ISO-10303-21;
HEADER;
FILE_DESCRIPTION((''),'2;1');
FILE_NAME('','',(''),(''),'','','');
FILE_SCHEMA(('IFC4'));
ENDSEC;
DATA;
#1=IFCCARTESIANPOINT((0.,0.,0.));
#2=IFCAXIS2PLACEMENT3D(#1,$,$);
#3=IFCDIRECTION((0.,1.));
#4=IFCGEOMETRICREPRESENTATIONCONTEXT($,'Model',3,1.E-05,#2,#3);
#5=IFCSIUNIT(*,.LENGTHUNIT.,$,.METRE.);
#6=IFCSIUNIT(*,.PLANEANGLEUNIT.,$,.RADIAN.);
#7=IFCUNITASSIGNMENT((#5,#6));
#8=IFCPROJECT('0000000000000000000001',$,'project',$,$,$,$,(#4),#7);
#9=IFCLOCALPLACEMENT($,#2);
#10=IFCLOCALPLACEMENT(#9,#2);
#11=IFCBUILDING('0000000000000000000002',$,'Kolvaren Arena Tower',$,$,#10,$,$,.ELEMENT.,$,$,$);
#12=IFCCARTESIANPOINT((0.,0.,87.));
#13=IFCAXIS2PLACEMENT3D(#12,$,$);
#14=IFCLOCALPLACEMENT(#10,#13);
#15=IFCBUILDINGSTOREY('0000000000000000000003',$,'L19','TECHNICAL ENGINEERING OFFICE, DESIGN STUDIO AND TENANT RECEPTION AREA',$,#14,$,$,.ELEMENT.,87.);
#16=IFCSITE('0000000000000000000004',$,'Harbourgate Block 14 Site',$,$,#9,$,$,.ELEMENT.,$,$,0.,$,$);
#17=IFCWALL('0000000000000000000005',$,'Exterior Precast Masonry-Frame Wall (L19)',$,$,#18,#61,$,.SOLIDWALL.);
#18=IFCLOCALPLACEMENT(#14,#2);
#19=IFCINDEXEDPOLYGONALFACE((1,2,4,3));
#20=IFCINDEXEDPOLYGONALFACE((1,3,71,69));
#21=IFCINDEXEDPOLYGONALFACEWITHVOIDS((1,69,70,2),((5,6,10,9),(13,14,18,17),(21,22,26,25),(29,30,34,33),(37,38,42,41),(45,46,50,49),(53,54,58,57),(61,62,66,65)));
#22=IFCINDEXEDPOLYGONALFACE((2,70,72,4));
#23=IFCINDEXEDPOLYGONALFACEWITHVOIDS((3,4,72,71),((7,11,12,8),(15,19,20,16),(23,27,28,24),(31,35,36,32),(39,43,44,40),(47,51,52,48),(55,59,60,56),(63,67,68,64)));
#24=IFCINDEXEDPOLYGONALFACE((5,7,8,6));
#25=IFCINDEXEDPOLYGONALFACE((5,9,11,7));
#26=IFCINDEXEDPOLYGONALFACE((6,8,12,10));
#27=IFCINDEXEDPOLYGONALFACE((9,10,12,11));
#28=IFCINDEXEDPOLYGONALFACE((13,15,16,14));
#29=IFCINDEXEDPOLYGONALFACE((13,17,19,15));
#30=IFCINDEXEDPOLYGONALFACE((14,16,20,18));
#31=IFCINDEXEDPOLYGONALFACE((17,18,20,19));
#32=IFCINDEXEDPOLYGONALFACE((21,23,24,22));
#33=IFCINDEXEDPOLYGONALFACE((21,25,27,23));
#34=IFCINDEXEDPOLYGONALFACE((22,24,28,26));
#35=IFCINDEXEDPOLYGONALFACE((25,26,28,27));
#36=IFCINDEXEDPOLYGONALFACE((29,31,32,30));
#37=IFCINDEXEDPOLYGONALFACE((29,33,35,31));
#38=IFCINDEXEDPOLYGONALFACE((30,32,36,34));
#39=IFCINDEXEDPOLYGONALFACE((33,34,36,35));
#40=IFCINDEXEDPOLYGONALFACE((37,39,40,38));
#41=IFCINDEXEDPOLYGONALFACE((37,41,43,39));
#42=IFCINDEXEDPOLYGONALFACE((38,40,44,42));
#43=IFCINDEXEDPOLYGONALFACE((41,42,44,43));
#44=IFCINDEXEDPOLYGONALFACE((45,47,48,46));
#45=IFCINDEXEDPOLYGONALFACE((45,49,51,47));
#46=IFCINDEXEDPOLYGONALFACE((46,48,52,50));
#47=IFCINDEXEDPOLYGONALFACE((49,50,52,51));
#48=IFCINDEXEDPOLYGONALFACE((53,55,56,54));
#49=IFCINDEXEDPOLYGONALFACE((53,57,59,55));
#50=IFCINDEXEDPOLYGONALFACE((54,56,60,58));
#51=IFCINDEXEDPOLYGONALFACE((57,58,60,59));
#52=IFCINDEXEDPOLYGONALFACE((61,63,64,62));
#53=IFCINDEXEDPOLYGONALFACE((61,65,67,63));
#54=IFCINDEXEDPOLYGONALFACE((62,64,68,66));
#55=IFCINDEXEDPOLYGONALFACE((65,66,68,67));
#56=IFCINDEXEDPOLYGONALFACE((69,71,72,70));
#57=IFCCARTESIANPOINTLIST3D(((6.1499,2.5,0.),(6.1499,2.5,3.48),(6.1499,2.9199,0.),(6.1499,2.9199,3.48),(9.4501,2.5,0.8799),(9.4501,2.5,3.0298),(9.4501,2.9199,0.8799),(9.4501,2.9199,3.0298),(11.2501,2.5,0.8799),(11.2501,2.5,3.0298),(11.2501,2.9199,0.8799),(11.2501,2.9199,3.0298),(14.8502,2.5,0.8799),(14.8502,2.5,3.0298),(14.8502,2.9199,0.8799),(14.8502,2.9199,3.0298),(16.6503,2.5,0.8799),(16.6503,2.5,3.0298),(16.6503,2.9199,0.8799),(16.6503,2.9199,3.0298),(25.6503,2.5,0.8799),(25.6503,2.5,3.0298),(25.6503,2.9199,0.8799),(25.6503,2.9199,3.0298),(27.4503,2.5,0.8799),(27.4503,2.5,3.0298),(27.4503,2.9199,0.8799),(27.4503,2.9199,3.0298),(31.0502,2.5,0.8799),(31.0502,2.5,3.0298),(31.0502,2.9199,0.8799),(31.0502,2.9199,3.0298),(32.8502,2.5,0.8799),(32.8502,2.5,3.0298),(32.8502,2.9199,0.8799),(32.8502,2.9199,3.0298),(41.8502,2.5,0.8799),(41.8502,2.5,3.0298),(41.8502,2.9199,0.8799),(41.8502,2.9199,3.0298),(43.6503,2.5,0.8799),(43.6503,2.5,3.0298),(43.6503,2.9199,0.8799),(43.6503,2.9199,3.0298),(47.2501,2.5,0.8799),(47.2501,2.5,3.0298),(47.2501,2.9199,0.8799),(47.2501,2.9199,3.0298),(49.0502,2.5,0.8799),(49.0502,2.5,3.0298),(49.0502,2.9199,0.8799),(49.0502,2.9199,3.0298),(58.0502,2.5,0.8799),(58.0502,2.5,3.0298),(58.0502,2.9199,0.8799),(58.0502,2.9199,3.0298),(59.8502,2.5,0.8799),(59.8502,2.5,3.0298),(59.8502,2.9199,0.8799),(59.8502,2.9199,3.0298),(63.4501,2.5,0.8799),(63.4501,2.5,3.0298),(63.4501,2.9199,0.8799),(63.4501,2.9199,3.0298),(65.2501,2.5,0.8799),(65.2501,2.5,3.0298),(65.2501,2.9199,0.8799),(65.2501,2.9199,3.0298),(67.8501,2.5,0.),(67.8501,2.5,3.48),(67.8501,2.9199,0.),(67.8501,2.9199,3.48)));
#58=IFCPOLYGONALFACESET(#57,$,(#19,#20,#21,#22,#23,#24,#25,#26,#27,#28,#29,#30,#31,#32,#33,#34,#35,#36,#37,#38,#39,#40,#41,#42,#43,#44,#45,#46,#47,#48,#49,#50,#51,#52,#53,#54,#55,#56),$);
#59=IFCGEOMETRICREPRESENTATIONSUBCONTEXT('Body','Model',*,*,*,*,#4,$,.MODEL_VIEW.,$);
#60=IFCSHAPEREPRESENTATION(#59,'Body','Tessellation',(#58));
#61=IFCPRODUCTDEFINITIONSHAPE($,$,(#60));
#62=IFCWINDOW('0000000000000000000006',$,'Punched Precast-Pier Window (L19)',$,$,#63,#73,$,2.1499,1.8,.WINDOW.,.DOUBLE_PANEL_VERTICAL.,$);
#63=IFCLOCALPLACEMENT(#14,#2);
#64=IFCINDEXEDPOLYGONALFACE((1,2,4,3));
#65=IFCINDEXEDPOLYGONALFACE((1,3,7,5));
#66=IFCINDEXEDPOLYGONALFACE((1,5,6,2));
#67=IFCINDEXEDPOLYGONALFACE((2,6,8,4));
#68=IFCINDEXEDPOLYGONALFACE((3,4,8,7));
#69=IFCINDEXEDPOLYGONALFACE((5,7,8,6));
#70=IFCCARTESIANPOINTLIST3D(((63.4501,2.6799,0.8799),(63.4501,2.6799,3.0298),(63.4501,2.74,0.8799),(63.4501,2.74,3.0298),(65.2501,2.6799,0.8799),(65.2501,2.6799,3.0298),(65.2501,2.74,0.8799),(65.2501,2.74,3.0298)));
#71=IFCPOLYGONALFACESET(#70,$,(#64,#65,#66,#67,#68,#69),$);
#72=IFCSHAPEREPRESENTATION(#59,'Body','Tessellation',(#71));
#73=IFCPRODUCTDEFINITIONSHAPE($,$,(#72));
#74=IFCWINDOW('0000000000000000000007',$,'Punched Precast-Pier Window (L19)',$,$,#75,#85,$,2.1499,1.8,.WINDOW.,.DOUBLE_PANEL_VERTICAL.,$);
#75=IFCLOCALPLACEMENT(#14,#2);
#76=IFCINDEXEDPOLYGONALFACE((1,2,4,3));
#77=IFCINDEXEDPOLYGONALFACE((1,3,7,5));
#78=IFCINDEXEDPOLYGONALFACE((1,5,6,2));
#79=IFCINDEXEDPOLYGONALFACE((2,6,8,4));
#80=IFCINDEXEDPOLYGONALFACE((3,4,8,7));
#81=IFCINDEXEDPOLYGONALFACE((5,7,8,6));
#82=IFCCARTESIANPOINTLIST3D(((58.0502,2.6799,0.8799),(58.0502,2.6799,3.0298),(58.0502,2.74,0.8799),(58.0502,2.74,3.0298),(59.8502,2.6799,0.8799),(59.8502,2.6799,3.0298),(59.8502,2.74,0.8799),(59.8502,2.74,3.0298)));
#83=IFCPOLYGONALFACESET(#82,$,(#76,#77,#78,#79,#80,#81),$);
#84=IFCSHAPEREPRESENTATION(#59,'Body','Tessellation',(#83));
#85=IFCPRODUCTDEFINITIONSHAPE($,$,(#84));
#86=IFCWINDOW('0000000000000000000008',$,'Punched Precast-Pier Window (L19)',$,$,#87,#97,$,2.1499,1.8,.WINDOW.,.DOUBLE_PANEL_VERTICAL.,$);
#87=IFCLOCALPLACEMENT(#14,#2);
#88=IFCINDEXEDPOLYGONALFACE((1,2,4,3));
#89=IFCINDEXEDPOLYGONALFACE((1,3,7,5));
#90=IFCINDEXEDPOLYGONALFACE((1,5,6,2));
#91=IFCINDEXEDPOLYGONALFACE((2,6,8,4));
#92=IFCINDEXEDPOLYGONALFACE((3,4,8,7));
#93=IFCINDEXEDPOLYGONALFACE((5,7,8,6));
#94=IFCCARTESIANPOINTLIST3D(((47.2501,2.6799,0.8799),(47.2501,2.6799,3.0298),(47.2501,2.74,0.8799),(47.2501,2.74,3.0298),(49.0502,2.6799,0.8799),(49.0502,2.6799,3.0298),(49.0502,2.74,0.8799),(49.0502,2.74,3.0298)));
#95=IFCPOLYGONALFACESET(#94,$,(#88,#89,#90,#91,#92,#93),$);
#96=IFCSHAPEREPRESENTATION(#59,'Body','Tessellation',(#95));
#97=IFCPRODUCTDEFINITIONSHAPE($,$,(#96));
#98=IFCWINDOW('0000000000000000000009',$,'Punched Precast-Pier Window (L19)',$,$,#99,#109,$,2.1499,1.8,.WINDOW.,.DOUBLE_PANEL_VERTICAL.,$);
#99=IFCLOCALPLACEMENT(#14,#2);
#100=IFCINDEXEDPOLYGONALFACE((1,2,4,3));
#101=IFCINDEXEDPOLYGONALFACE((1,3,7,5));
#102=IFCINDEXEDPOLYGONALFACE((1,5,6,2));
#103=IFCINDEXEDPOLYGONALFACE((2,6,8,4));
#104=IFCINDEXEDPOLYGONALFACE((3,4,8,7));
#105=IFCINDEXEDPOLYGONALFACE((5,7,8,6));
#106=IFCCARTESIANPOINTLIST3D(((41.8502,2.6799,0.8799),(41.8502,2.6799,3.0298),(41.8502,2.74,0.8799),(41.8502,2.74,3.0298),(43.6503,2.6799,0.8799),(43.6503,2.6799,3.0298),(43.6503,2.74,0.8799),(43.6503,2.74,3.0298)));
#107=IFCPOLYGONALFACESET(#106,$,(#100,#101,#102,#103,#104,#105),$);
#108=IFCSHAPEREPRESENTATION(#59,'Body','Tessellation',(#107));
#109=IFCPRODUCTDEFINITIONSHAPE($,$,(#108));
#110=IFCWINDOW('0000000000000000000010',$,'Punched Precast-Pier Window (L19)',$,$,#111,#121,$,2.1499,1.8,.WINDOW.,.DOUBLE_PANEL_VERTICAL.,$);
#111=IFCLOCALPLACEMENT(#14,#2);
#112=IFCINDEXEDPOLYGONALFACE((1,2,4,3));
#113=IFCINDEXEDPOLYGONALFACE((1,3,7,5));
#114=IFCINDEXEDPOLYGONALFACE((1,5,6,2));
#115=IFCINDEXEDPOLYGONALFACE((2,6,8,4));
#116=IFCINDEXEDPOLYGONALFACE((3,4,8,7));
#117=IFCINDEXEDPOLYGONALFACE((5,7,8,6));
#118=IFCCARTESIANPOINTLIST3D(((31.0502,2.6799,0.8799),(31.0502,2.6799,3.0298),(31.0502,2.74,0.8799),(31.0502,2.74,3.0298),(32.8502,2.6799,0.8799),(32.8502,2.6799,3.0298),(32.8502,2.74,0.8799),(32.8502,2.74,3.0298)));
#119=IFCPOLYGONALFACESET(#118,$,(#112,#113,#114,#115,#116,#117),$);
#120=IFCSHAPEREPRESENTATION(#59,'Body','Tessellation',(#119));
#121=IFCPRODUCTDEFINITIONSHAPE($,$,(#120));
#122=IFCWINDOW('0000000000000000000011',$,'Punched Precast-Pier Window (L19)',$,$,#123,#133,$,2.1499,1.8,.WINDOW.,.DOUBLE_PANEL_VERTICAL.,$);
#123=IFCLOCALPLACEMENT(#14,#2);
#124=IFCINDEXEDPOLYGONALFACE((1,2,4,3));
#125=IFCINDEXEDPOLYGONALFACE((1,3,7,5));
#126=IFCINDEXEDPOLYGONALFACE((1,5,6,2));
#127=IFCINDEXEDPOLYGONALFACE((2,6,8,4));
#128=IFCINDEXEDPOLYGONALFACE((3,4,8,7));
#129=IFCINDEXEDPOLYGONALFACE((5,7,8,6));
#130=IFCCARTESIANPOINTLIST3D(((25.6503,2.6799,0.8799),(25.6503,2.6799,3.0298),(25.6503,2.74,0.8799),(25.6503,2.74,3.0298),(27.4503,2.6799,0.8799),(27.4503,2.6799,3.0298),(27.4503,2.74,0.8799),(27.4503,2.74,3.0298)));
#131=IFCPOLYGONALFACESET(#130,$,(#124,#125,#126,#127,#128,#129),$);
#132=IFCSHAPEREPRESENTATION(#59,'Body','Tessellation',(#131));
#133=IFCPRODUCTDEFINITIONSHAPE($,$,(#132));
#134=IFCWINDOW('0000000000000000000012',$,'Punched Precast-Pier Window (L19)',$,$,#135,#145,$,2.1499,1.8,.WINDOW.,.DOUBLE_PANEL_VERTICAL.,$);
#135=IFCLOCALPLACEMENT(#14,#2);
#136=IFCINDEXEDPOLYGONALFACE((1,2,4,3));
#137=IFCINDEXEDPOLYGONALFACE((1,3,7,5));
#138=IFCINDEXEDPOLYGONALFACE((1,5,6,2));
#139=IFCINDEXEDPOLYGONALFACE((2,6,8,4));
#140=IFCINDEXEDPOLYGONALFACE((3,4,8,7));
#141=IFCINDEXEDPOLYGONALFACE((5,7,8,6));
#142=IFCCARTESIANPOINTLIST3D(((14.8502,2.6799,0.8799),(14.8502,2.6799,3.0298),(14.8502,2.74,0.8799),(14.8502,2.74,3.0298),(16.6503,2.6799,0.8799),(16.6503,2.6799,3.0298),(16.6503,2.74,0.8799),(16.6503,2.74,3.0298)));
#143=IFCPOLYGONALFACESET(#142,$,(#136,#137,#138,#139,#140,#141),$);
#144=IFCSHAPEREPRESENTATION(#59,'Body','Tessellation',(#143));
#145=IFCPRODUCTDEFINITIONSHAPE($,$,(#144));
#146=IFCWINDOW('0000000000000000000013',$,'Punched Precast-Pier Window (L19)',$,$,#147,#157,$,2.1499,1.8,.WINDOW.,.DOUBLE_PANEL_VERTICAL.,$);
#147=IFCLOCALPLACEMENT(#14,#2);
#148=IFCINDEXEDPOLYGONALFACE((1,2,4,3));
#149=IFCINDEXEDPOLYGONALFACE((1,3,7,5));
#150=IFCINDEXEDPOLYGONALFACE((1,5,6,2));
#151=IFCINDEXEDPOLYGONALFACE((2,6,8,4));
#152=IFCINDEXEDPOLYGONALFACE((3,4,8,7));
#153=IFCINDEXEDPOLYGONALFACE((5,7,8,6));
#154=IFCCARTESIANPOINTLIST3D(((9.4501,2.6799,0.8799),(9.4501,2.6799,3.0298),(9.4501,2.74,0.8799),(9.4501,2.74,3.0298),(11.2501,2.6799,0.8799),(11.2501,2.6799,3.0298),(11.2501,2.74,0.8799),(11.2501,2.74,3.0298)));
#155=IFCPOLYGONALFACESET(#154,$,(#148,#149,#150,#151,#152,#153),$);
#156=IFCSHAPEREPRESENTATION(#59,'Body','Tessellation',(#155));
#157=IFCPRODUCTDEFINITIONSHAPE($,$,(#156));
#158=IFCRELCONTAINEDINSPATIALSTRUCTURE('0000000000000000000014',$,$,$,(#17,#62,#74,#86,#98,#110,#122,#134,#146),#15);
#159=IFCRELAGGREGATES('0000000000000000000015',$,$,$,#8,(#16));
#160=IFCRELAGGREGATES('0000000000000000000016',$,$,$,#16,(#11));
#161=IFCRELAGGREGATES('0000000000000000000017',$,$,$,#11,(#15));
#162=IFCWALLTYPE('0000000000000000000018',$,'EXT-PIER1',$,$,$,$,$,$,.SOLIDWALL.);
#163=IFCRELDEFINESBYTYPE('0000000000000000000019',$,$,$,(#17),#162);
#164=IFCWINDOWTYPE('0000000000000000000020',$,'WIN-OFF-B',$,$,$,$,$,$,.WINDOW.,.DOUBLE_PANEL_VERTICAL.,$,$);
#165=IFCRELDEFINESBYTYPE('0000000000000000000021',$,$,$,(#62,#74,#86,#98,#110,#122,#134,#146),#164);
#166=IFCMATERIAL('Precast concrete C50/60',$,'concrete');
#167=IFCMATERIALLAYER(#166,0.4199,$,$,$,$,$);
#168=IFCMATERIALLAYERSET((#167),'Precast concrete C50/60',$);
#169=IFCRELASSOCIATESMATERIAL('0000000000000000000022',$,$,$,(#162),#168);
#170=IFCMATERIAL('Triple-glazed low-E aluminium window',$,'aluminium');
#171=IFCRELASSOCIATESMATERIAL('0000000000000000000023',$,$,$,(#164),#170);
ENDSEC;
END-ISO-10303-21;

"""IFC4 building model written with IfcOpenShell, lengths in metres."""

from ifc_helpers import new_model, si_unit, direction, frame, frame_2d, origin, place, context, subcontext, project, spatial, rectangle, extrude, material, layer, layer_set, type_object, element, fill, save


model = new_model("IFC4")

# Units and contexts
model_context = context("Model", 3, precision=1e-05, world=origin(), true_north=direction((0.0, 1.0)))
body_context = subcontext(model_context, "Body", "Model", "MODEL_VIEW")
ifc_project = project(units=[si_unit("LENGTHUNIT", "METRE"), si_unit("PLANEANGLEUNIT", "RADIAN")], contexts=[model_context])

# Site, building, storey
site_placement = place(None, origin())
site = spatial("IfcSite", under=ifc_project, at=site_placement, Name="Harbourgate Block 14 Site", CompositionType="ELEMENT", RefElevation=0.0)
building_placement = place(site_placement, origin())
building = spatial("IfcBuilding", under=site, at=building_placement, Name="Kolvaren Arena Tower", CompositionType="ELEMENT")
storey_placement = place(building_placement, frame((0.0, 0.0, 87.0)))
storey = spatial("IfcBuildingStorey", under=building, at=storey_placement, Name="L19", Description="TECHNICAL ENGINEERING OFFICE, DESIGN STUDIO AND TENANT RECEPTION AREA", CompositionType="ELEMENT", Elevation=87.0)

# Shared definitions
ifc_material_1 = material(Name="Precast concrete C50/60", Category="concrete")
ifc_layer_1 = layer(ifc_material_1, 0.4199)
ifc_layer_set_1 = layer_set([ifc_layer_1], Name="Precast concrete C50/60")
wall_type_1 = type_object("IfcWallType", Name="EXT-PIER1", PredefinedType="SOLIDWALL", material=ifc_layer_set_1)

# Wall, openings, windows
wall_1_placement = place(storey_placement, frame((67.8501, 2.71, 0.0), z_axis=(0.0, 0.0, 1.0), x_axis=(-1.0, 0.0, 0.0)))
wall_1 = element("IfcWall", 1, at=wall_1_placement, inside=storey, type_object=wall_type_1, Name="Exterior Precast Masonry-Frame Wall (L19)", PredefinedType="SOLIDWALL", context=body_context, shape_type="SweptSolid", body=[
    extrude(rectangle(XDim=61.7002, YDim=0.4199, at=frame_2d((30.8501, 0.0))), origin(), (0.0, 0.0, 1.0), 3.48),
])
opening_1_placement = place(wall_1_placement, frame((2.6001, 0.0, 0.8799)))
opening_1 = element("IfcOpeningElement", 2, at=opening_1_placement, cuts=wall_1, PredefinedType="OPENING", context=body_context, shape_type="SweptSolid", body=[
    extrude(rectangle(XDim=1.8, YDim=2.1499, at=frame_2d((0.8999, 1.075))), frame((0.0, 0.22, 0.0), z_axis=(0.0, -1.0, 0.0), x_axis=(1.0, 0.0, 0.0)), (0.0, 0.0, 1.0), 0.4399),
])
opening_2_placement = place(wall_1_placement, frame((8.0, 0.0, 0.8799)))
opening_2 = element("IfcOpeningElement", 3, at=opening_2_placement, cuts=wall_1, PredefinedType="OPENING", context=body_context, shape_type="SweptSolid", body=[
    extrude(rectangle(XDim=1.8, YDim=2.1499, at=frame_2d((0.8999, 1.075))), frame((0.0, 0.22, 0.0), z_axis=(0.0, -1.0, 0.0), x_axis=(1.0, 0.0, 0.0)), (0.0, 0.0, 1.0), 0.4399),
])
opening_3_placement = place(wall_1_placement, frame((18.8, 0.0, 0.8799)))
opening_3 = element("IfcOpeningElement", 4, at=opening_3_placement, cuts=wall_1, PredefinedType="OPENING", context=body_context, shape_type="SweptSolid", body=[
    extrude(rectangle(XDim=1.8, YDim=2.1499, at=frame_2d((0.8999, 1.075))), frame((0.0, 0.22, 0.0), z_axis=(0.0, -1.0, 0.0), x_axis=(1.0, 0.0, 0.0)), (0.0, 0.0, 1.0), 0.4399),
])
opening_4_placement = place(wall_1_placement, frame((24.2, 0.0, 0.8799)))
opening_4 = element("IfcOpeningElement", 5, at=opening_4_placement, cuts=wall_1, PredefinedType="OPENING", context=body_context, shape_type="SweptSolid", body=[
    extrude(rectangle(XDim=1.8, YDim=2.1499, at=frame_2d((0.8999, 1.075))), frame((0.0, 0.22, 0.0), z_axis=(0.0, -1.0, 0.0), x_axis=(1.0, 0.0, 0.0)), (0.0, 0.0, 1.0), 0.4399),
])
opening_5_placement = place(wall_1_placement, frame((35.0, 0.0, 0.8799)))
opening_5 = element("IfcOpeningElement", 6, at=opening_5_placement, cuts=wall_1, PredefinedType="OPENING", context=body_context, shape_type="SweptSolid", body=[
    extrude(rectangle(XDim=1.8, YDim=2.1499, at=frame_2d((0.8999, 1.075))), frame((0.0, 0.22, 0.0), z_axis=(0.0, -1.0, 0.0), x_axis=(1.0, 0.0, 0.0)), (0.0, 0.0, 1.0), 0.4399),
])
opening_6_placement = place(wall_1_placement, frame((40.3999, 0.0, 0.8799)))
opening_6 = element("IfcOpeningElement", 7, at=opening_6_placement, cuts=wall_1, PredefinedType="OPENING", context=body_context, shape_type="SweptSolid", body=[
    extrude(rectangle(XDim=1.8, YDim=2.1499, at=frame_2d((0.8999, 1.075))), frame((0.0, 0.22, 0.0), z_axis=(0.0, -1.0, 0.0), x_axis=(1.0, 0.0, 0.0)), (0.0, 0.0, 1.0), 0.4399),
])
opening_7_placement = place(wall_1_placement, frame((51.2, 0.0, 0.8799)))
opening_7 = element("IfcOpeningElement", 8, at=opening_7_placement, cuts=wall_1, PredefinedType="OPENING", context=body_context, shape_type="SweptSolid", body=[
    extrude(rectangle(XDim=1.8, YDim=2.1499, at=frame_2d((0.8999, 1.075))), frame((0.0, 0.22, 0.0), z_axis=(0.0, -1.0, 0.0), x_axis=(1.0, 0.0, 0.0)), (0.0, 0.0, 1.0), 0.4399),
])
opening_8_placement = place(wall_1_placement, frame((56.6001, 0.0, 0.8799)))
opening_8 = element("IfcOpeningElement", 9, at=opening_8_placement, cuts=wall_1, PredefinedType="OPENING", context=body_context, shape_type="SweptSolid", body=[
    extrude(rectangle(XDim=1.8, YDim=2.1499, at=frame_2d((0.8999, 1.075))), frame((0.0, 0.22, 0.0), z_axis=(0.0, -1.0, 0.0), x_axis=(1.0, 0.0, 0.0)), (0.0, 0.0, 1.0), 0.4399),
])
ifc_material_2 = material(Name="Triple-glazed low-E aluminium window", Category="aluminium")
window_type = type_object("IfcWindowType", Name="WIN-OFF-B", PartitioningType="DOUBLE_PANEL_VERTICAL", PredefinedType="WINDOW", material=ifc_material_2)
window_1_placement = place(opening_1_placement, origin())
window_1 = element("IfcWindow", 10, at=window_1_placement, inside=storey, type_object=window_type, Name="Punched Precast-Pier Window (L19)", OverallHeight=2.1499, OverallWidth=1.8, PartitioningType="DOUBLE_PANEL_VERTICAL", PredefinedType="WINDOW", context=body_context, shape_type="SweptSolid", body=[
    extrude(rectangle(XDim=1.8, YDim=2.1499, at=frame_2d((0.8999, 1.075))), frame((0.0, 0.03, 0.0), z_axis=(0.0, -1.0, 0.0), x_axis=(1.0, 0.0, 0.0)), (0.0, 0.0, 1.0), 0.0601),
])
fill(opening_1, window_1)
window_2_placement = place(opening_2_placement, origin())
window_2 = element("IfcWindow", 11, at=window_2_placement, inside=storey, type_object=window_type, Name="Punched Precast-Pier Window (L19)", OverallHeight=2.1499, OverallWidth=1.8, PartitioningType="DOUBLE_PANEL_VERTICAL", PredefinedType="WINDOW", context=body_context, shape_type="SweptSolid", body=[
    extrude(rectangle(XDim=1.8, YDim=2.1499, at=frame_2d((0.8999, 1.075))), frame((0.0, 0.03, 0.0), z_axis=(0.0, -1.0, 0.0), x_axis=(1.0, 0.0, 0.0)), (0.0, 0.0, 1.0), 0.0601),
])
fill(opening_2, window_2)
window_3_placement = place(opening_3_placement, origin())
window_3 = element("IfcWindow", 12, at=window_3_placement, inside=storey, type_object=window_type, Name="Punched Precast-Pier Window (L19)", OverallHeight=2.1499, OverallWidth=1.8, PartitioningType="DOUBLE_PANEL_VERTICAL", PredefinedType="WINDOW", context=body_context, shape_type="SweptSolid", body=[
    extrude(rectangle(XDim=1.8, YDim=2.1499, at=frame_2d((0.8999, 1.075))), frame((0.0, 0.03, 0.0), z_axis=(0.0, -1.0, 0.0), x_axis=(1.0, 0.0, 0.0)), (0.0, 0.0, 1.0), 0.0601),
])
fill(opening_3, window_3)
window_4_placement = place(opening_4_placement, origin())
window_4 = element("IfcWindow", 13, at=window_4_placement, inside=storey, type_object=window_type, Name="Punched Precast-Pier Window (L19)", OverallHeight=2.1499, OverallWidth=1.8, PartitioningType="DOUBLE_PANEL_VERTICAL", PredefinedType="WINDOW", context=body_context, shape_type="SweptSolid", body=[
    extrude(rectangle(XDim=1.8, YDim=2.1499, at=frame_2d((0.8999, 1.075))), frame((0.0, 0.03, 0.0), z_axis=(0.0, -1.0, 0.0), x_axis=(1.0, 0.0, 0.0)), (0.0, 0.0, 1.0), 0.0601),
])
fill(opening_4, window_4)
window_5_placement = place(opening_5_placement, origin())
window_5 = element("IfcWindow", 14, at=window_5_placement, inside=storey, type_object=window_type, Name="Punched Precast-Pier Window (L19)", OverallHeight=2.1499, OverallWidth=1.8, PartitioningType="DOUBLE_PANEL_VERTICAL", PredefinedType="WINDOW", context=body_context, shape_type="SweptSolid", body=[
    extrude(rectangle(XDim=1.8, YDim=2.1499, at=frame_2d((0.8999, 1.075))), frame((0.0, 0.03, 0.0), z_axis=(0.0, -1.0, 0.0), x_axis=(1.0, 0.0, 0.0)), (0.0, 0.0, 1.0), 0.0601),
])
fill(opening_5, window_5)
window_6_placement = place(opening_6_placement, origin())
window_6 = element("IfcWindow", 15, at=window_6_placement, inside=storey, type_object=window_type, Name="Punched Precast-Pier Window (L19)", OverallHeight=2.1499, OverallWidth=1.8, PartitioningType="DOUBLE_PANEL_VERTICAL", PredefinedType="WINDOW", context=body_context, shape_type="SweptSolid", body=[
    extrude(rectangle(XDim=1.8, YDim=2.1499, at=frame_2d((0.8999, 1.075))), frame((0.0, 0.03, 0.0), z_axis=(0.0, -1.0, 0.0), x_axis=(1.0, 0.0, 0.0)), (0.0, 0.0, 1.0), 0.0601),
])
fill(opening_6, window_6)
window_7_placement = place(opening_7_placement, origin())
window_7 = element("IfcWindow", 16, at=window_7_placement, inside=storey, type_object=window_type, Name="Punched Precast-Pier Window (L19)", OverallHeight=2.1499, OverallWidth=1.8, PartitioningType="DOUBLE_PANEL_VERTICAL", PredefinedType="WINDOW", context=body_context, shape_type="SweptSolid", body=[
    extrude(rectangle(XDim=1.8, YDim=2.1499, at=frame_2d((0.8999, 1.075))), frame((0.0, 0.03, 0.0), z_axis=(0.0, -1.0, 0.0), x_axis=(1.0, 0.0, 0.0)), (0.0, 0.0, 1.0), 0.0601),
])
fill(opening_7, window_7)
window_8_placement = place(opening_8_placement, origin())
window_8 = element("IfcWindow", 17, at=window_8_placement, inside=storey, type_object=window_type, Name="Punched Precast-Pier Window (L19)", OverallHeight=2.1499, OverallWidth=1.8, PartitioningType="DOUBLE_PANEL_VERTICAL", PredefinedType="WINDOW", context=body_context, shape_type="SweptSolid", body=[
    extrude(rectangle(XDim=1.8, YDim=2.1499, at=frame_2d((0.8999, 1.075))), frame((0.0, 0.03, 0.0), z_axis=(0.0, -1.0, 0.0), x_axis=(1.0, 0.0, 0.0)), (0.0, 0.0, 1.0), 0.0601),
])
fill(opening_8, window_8)

save(model, "model.ifc")
